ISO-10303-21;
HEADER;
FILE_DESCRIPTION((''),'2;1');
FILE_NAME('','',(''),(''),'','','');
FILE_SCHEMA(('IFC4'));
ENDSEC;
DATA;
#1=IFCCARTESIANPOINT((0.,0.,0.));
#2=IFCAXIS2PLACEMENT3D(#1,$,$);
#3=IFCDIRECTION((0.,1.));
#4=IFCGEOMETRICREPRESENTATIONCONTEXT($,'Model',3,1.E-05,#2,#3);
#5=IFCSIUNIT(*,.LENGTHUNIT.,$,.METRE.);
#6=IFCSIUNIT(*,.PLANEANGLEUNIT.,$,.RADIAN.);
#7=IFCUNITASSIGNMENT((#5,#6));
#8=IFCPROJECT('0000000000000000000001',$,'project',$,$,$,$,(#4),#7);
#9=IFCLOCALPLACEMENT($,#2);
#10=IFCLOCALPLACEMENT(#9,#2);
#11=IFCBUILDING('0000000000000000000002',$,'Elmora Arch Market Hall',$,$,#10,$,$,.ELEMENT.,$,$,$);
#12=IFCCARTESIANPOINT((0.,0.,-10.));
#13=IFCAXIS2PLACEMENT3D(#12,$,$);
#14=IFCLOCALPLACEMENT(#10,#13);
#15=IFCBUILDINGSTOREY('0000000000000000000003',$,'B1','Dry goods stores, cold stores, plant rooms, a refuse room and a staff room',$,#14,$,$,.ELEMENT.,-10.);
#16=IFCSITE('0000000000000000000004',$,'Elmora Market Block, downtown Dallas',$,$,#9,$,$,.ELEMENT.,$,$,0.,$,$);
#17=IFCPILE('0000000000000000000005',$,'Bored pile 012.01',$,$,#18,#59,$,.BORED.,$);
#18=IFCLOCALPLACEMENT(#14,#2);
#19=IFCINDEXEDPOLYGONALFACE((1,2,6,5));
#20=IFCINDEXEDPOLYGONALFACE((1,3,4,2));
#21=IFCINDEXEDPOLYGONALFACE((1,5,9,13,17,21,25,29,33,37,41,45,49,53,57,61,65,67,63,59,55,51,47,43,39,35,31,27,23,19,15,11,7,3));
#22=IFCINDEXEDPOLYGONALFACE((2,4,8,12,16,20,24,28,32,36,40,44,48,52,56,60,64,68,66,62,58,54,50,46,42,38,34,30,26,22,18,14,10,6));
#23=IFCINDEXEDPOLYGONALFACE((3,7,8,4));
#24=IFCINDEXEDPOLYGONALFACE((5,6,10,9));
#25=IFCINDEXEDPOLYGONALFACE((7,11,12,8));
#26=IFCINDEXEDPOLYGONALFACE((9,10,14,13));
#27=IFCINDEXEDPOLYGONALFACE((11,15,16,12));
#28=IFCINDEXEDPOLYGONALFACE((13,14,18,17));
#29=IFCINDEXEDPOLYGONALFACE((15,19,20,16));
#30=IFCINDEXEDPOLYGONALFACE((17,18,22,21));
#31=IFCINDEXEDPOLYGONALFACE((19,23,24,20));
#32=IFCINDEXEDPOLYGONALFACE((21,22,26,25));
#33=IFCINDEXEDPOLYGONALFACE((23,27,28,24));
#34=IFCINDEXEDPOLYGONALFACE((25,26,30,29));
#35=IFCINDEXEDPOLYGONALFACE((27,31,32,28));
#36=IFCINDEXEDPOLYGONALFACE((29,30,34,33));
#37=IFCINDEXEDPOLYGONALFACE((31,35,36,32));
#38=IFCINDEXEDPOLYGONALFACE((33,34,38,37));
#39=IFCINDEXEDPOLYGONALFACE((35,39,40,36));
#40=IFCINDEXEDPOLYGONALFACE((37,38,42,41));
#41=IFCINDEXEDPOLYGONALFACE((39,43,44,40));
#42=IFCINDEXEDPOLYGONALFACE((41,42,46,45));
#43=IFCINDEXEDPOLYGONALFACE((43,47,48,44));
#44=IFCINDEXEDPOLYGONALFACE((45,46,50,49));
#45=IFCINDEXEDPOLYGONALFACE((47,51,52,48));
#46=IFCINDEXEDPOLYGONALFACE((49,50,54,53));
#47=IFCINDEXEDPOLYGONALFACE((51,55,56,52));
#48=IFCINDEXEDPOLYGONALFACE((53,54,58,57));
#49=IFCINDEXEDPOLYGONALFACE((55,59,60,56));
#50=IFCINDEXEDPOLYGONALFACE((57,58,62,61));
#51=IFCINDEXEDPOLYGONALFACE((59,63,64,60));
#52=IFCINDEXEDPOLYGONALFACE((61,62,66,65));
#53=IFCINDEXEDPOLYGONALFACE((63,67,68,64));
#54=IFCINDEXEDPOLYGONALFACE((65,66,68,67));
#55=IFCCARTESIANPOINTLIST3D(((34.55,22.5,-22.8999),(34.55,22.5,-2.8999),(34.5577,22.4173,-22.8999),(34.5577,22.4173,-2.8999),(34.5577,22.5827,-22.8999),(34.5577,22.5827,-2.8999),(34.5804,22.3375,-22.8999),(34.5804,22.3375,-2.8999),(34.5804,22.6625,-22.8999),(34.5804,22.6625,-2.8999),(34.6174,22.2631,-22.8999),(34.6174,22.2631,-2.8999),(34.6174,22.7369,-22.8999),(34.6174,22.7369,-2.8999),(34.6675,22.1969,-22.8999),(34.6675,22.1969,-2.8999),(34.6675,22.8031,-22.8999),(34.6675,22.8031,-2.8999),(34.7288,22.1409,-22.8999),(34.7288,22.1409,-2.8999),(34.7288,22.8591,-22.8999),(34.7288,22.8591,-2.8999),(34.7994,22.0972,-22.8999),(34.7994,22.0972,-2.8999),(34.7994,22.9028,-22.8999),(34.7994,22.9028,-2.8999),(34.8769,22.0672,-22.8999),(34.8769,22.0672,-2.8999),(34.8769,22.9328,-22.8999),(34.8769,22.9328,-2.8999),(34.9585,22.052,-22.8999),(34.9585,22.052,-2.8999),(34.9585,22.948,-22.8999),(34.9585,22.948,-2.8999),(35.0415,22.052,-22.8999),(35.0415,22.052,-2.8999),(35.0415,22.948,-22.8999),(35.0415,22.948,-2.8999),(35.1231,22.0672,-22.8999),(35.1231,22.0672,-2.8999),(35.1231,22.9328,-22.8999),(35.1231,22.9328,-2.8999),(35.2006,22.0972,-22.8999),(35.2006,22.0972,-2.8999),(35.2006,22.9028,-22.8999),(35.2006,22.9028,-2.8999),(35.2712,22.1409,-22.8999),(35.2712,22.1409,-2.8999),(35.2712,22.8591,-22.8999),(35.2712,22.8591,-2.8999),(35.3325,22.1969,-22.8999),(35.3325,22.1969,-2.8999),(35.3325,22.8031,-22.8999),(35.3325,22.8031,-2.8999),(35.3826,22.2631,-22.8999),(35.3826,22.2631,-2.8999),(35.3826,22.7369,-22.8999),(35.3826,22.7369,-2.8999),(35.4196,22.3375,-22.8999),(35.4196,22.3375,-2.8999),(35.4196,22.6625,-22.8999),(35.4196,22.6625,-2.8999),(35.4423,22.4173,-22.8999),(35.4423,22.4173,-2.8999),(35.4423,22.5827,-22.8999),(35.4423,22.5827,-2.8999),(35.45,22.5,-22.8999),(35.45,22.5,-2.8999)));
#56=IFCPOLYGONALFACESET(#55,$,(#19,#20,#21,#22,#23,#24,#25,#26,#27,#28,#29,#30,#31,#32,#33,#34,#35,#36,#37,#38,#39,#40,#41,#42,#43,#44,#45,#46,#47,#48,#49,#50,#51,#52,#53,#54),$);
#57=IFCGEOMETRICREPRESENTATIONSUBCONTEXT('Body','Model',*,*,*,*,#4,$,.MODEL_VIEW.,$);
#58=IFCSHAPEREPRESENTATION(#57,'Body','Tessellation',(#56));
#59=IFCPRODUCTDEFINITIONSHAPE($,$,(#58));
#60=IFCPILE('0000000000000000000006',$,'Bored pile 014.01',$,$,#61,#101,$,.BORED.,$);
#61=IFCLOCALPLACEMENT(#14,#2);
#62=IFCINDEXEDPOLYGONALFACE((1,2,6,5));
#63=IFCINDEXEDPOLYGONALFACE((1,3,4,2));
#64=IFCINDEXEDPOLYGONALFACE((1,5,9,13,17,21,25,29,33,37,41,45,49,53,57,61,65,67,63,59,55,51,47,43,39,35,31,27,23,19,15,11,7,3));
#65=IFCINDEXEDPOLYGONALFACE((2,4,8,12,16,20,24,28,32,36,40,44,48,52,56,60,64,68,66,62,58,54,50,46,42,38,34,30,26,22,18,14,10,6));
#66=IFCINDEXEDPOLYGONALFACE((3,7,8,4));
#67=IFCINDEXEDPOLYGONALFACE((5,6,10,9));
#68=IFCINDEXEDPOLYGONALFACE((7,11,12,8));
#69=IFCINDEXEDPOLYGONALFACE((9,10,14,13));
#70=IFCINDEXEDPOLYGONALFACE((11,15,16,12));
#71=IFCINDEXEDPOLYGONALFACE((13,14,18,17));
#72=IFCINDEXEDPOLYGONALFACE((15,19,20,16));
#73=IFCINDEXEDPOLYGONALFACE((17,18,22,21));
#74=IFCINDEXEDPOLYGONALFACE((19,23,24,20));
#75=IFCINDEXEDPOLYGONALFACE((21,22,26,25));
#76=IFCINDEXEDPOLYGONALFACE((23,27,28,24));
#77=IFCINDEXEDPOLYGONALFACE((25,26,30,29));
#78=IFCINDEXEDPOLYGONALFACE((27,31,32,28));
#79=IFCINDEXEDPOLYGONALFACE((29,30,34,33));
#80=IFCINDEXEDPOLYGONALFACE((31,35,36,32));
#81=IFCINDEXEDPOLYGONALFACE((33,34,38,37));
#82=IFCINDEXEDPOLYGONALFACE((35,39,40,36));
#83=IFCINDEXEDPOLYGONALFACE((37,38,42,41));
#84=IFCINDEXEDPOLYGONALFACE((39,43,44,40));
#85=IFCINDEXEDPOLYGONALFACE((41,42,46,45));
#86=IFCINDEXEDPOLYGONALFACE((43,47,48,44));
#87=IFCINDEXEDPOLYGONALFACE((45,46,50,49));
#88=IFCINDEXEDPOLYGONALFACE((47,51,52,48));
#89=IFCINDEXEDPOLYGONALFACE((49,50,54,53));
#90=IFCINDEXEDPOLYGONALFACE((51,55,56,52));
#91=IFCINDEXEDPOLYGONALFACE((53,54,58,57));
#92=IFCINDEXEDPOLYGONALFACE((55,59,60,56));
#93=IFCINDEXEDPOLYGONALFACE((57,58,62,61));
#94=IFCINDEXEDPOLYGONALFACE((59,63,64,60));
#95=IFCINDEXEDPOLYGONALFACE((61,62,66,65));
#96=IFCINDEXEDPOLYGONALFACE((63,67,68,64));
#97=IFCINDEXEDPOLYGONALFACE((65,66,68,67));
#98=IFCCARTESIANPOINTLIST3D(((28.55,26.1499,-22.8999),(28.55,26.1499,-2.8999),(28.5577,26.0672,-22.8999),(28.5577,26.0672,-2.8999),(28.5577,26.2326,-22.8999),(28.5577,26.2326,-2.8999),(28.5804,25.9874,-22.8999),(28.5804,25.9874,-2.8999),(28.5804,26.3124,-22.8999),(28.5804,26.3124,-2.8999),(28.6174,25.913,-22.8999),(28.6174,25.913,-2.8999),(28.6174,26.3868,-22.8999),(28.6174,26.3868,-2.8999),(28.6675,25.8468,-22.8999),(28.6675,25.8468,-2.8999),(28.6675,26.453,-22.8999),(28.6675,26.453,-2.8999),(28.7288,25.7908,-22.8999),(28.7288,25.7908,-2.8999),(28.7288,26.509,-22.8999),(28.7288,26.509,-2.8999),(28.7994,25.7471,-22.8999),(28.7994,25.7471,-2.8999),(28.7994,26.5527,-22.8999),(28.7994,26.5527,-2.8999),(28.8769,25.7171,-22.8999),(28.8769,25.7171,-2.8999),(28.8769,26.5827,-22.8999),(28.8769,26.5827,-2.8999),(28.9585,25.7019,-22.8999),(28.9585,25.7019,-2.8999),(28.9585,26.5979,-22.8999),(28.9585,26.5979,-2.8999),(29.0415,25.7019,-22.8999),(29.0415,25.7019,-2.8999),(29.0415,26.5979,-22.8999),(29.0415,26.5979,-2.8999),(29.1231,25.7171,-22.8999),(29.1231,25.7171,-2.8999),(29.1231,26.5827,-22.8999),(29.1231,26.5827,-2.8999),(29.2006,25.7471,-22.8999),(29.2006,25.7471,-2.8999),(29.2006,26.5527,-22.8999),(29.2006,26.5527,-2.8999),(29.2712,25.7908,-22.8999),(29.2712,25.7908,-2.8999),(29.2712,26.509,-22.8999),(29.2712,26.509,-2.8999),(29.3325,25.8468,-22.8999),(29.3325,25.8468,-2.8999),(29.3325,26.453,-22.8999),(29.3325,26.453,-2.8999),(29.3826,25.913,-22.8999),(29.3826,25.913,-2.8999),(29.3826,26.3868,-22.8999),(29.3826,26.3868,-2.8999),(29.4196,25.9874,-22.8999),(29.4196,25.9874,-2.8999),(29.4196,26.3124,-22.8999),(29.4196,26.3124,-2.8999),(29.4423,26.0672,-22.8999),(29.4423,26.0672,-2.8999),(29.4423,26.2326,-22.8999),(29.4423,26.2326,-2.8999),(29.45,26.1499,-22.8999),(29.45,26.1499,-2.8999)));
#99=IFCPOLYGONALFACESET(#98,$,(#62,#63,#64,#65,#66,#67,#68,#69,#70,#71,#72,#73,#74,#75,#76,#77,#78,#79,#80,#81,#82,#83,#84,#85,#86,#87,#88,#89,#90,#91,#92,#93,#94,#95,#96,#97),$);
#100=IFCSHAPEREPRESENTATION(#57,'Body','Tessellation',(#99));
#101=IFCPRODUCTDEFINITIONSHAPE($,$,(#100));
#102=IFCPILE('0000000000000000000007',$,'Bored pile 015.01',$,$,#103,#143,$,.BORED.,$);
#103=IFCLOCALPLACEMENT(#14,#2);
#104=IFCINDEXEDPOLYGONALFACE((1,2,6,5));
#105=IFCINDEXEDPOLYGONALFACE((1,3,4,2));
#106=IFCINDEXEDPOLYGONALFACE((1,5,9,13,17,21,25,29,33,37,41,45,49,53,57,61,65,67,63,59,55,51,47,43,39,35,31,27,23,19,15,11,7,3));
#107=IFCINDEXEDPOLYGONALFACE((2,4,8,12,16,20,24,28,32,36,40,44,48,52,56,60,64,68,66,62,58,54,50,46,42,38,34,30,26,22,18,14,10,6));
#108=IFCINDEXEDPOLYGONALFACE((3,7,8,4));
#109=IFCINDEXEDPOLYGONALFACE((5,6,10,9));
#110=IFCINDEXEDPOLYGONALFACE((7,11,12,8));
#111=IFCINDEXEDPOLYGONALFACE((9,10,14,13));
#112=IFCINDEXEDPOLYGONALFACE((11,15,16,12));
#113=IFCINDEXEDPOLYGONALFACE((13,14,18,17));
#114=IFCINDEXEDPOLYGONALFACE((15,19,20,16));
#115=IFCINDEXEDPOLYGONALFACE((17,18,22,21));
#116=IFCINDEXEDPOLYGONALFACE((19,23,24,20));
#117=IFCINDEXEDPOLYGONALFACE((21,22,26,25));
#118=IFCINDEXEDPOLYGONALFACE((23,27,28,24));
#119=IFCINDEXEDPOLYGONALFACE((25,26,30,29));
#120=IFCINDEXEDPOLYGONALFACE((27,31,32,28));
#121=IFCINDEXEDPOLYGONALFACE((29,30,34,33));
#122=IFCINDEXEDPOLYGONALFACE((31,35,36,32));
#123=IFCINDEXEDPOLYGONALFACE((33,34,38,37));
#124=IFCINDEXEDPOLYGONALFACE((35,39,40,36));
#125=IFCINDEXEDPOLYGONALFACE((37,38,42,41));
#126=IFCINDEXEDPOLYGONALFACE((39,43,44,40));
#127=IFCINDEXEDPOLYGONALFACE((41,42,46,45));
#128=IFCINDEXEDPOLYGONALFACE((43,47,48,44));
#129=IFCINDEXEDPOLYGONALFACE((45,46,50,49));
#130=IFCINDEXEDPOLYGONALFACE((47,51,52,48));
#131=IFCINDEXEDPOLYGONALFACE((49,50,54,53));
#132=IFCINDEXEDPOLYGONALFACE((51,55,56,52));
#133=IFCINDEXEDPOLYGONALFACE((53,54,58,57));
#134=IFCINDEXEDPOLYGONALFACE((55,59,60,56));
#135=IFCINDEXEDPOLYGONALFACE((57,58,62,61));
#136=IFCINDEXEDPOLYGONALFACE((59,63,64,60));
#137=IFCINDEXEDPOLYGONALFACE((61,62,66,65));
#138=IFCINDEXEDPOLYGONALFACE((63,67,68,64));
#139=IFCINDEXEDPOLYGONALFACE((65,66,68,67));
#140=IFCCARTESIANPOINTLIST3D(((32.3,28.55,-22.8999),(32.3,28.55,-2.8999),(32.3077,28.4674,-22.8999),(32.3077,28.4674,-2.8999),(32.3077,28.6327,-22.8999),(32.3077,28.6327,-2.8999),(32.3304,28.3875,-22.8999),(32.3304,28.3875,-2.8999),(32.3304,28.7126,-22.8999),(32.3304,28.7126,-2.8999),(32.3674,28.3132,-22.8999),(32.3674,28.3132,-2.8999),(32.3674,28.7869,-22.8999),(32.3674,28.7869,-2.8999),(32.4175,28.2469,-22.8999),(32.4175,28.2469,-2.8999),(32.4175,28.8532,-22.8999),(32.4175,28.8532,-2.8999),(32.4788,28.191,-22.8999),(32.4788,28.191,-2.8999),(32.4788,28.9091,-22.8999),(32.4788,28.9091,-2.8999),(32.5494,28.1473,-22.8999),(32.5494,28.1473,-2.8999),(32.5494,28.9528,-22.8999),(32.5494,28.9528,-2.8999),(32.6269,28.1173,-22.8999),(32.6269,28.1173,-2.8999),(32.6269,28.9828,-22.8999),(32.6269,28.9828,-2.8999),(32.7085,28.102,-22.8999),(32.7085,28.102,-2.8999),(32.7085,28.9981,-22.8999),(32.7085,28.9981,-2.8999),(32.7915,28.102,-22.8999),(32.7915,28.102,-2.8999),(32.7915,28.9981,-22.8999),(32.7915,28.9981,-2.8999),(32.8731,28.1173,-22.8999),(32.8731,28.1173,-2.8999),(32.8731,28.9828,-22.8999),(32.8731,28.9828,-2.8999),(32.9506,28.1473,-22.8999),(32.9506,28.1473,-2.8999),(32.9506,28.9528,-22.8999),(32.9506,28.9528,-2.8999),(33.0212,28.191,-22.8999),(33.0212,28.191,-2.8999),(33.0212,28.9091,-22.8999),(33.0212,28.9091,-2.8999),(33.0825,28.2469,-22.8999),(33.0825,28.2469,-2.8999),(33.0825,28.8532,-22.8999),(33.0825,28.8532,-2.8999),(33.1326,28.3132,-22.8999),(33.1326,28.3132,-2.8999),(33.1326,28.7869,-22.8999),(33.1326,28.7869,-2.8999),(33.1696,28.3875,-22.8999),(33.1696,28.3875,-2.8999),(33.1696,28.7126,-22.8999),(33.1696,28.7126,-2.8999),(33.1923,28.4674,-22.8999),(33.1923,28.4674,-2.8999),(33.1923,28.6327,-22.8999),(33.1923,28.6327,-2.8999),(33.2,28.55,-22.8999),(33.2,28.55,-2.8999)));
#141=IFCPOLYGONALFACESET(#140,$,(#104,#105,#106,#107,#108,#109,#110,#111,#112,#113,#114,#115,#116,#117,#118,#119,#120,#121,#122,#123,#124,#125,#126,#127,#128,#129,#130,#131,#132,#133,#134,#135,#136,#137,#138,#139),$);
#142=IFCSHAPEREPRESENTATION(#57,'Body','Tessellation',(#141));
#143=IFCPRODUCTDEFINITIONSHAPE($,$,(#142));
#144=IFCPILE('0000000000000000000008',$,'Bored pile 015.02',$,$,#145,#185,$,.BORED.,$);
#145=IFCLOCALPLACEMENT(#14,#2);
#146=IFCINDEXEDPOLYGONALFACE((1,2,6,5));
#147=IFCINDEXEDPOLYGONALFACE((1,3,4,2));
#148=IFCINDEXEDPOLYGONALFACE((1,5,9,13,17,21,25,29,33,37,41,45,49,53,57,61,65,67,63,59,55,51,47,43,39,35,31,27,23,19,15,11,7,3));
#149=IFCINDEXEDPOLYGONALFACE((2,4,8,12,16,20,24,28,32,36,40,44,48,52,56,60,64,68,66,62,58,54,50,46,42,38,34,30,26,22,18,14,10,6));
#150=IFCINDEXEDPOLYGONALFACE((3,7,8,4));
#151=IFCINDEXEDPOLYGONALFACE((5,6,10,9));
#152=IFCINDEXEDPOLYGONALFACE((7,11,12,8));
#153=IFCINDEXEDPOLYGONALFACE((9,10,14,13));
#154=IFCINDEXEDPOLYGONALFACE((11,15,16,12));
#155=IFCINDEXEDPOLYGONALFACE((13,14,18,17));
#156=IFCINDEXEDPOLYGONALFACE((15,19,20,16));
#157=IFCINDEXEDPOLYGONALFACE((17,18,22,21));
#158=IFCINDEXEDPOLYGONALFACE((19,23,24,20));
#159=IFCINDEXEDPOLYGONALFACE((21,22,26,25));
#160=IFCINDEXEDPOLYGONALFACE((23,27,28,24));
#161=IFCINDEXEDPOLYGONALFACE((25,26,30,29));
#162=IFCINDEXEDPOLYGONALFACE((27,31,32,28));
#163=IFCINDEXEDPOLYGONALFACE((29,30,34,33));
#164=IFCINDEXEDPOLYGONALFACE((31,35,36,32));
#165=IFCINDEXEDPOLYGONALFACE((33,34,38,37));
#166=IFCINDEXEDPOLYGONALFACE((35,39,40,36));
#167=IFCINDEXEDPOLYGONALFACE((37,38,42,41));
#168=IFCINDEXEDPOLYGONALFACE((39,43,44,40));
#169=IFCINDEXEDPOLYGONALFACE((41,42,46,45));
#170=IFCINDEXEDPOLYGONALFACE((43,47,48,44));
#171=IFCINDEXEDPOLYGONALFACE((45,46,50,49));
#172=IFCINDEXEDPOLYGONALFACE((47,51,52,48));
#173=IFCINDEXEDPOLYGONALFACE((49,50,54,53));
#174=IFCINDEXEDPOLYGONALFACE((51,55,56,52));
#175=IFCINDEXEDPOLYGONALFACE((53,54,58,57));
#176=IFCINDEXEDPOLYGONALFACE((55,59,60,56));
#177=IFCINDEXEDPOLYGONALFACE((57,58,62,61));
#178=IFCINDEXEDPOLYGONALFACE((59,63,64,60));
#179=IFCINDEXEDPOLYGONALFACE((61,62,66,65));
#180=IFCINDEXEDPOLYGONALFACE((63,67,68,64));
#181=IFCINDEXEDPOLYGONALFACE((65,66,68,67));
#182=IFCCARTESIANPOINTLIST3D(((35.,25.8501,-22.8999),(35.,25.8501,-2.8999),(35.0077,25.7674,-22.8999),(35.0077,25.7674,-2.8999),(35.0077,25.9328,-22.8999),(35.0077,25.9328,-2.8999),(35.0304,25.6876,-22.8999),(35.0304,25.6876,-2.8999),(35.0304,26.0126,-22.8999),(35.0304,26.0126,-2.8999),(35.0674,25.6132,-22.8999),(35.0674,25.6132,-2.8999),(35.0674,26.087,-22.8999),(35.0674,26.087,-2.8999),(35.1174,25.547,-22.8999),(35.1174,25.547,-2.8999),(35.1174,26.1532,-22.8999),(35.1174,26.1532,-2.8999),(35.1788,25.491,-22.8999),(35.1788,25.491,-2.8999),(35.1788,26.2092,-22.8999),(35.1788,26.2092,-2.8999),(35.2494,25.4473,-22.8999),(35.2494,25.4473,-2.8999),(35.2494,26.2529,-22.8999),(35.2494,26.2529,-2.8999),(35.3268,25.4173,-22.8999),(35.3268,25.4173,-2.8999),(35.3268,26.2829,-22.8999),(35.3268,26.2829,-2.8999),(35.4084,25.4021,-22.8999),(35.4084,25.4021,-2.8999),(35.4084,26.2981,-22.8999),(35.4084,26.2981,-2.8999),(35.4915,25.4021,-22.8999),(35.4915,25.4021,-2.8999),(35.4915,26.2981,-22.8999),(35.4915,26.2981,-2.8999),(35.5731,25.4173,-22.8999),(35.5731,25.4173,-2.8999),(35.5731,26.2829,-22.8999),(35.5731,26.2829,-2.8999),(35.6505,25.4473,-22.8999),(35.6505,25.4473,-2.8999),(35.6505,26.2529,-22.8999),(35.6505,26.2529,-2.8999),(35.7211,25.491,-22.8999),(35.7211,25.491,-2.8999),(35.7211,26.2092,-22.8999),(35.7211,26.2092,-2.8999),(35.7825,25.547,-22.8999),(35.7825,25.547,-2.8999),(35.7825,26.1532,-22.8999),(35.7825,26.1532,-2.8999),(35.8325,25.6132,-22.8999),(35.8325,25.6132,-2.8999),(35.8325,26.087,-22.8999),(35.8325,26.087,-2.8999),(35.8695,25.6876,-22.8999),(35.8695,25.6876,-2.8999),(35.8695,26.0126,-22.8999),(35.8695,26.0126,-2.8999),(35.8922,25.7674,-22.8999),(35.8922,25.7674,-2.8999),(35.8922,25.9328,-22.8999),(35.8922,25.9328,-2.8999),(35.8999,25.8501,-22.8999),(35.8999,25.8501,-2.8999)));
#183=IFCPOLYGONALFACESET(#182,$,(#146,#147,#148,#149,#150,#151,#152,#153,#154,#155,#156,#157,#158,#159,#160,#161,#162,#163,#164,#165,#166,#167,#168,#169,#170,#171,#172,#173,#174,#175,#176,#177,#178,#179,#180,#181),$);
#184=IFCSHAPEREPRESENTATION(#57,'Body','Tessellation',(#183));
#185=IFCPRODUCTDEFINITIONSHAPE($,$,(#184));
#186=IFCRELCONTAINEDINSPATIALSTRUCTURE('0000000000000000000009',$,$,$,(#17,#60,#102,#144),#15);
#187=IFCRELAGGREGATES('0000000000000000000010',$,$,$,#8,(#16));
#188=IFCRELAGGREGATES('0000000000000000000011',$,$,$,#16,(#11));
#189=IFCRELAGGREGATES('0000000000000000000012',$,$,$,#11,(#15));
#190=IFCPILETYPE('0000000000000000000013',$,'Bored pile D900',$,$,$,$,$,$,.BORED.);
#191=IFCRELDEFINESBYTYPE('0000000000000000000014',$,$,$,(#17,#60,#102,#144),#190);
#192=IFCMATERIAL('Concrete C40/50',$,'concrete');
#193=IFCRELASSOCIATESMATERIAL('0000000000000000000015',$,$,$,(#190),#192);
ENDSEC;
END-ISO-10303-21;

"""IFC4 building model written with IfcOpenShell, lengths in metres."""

from ifc_helpers import new_model, si_unit, direction, frame, origin, origin_2d, place, context, subcontext, project, spatial, circle, extrude, material, material_profile, profile_set, type_object, element, save


model = new_model("IFC4")

# Units and contexts
model_context = context("Model", 3, precision=1e-05, world=origin(), true_north=direction((0.0, 1.0)))
body_context = subcontext(model_context, "Body", "Model", "MODEL_VIEW")
ifc_project = project(units=[si_unit("LENGTHUNIT", "METRE"), si_unit("PLANEANGLEUNIT", "RADIAN")], contexts=[model_context])

# Site, building, storey
site_placement = place(None, origin())
site = spatial("IfcSite", under=ifc_project, at=site_placement, Name="Elmora Market Block, downtown Dallas", CompositionType="ELEMENT", RefElevation=0.0)
building_placement = place(site_placement, origin())
building = spatial("IfcBuilding", under=site, at=building_placement, Name="Elmora Arch Market Hall", CompositionType="ELEMENT")
storey_placement = place(building_placement, frame((0.0, 0.0, -10.0)))
storey = spatial("IfcBuildingStorey", under=building, at=storey_placement, Name="B1", Description="Dry goods stores, cold stores, plant rooms, a refuse room and a staff room", CompositionType="ELEMENT", Elevation=-10.0)

# Piles
ifc_material_1 = material(Name="Concrete C40/50", Category="concrete")
ifc_material_profile_1 = material_profile(ifc_material_1, circle(Radius=0.45, at=origin_2d()), Name="Bored pile D900")
ifc_profile_set_1 = profile_set([ifc_material_profile_1], Name="Concrete C40/50")
pile_type = type_object("IfcPileType", Name="Bored pile D900", PredefinedType="BORED", material=ifc_profile_set_1)
for number, where, z_axis, x_axis, name in (
    (1, (35.0, 22.5, -2.8999), (0.0, 0.0, -1.0), (1.0, 0.0, 0.0), "Bored pile 012.01"),
    (2, (29.0, 26.1499, -2.8999), (0.0, 0.0, -1.0), (1.0, 0.0, 0.0), "Bored pile 014.01"),
    (3, (32.75, 28.55, -2.8999), (0.0, 0.0, -1.0), (1.0, 0.0, 0.0), "Bored pile 015.01"),
    (4, (35.45, 25.8501, -2.8999), (0.0, 0.0, -1.0), (1.0, 0.0, 0.0), "Bored pile 015.02"),
):
    element("IfcPile", number, at=place(storey_placement, frame(where, z_axis=z_axis, x_axis=x_axis)), inside=storey, type_object=pile_type, Name=name, PredefinedType="BORED", context=body_context, shape_type="SweptSolid", body=[
        extrude(circle(Radius=0.45, at=origin_2d()), origin(), (0.0, 0.0, 1.0), 20.0),
    ])

save(model, "model.ifc")
